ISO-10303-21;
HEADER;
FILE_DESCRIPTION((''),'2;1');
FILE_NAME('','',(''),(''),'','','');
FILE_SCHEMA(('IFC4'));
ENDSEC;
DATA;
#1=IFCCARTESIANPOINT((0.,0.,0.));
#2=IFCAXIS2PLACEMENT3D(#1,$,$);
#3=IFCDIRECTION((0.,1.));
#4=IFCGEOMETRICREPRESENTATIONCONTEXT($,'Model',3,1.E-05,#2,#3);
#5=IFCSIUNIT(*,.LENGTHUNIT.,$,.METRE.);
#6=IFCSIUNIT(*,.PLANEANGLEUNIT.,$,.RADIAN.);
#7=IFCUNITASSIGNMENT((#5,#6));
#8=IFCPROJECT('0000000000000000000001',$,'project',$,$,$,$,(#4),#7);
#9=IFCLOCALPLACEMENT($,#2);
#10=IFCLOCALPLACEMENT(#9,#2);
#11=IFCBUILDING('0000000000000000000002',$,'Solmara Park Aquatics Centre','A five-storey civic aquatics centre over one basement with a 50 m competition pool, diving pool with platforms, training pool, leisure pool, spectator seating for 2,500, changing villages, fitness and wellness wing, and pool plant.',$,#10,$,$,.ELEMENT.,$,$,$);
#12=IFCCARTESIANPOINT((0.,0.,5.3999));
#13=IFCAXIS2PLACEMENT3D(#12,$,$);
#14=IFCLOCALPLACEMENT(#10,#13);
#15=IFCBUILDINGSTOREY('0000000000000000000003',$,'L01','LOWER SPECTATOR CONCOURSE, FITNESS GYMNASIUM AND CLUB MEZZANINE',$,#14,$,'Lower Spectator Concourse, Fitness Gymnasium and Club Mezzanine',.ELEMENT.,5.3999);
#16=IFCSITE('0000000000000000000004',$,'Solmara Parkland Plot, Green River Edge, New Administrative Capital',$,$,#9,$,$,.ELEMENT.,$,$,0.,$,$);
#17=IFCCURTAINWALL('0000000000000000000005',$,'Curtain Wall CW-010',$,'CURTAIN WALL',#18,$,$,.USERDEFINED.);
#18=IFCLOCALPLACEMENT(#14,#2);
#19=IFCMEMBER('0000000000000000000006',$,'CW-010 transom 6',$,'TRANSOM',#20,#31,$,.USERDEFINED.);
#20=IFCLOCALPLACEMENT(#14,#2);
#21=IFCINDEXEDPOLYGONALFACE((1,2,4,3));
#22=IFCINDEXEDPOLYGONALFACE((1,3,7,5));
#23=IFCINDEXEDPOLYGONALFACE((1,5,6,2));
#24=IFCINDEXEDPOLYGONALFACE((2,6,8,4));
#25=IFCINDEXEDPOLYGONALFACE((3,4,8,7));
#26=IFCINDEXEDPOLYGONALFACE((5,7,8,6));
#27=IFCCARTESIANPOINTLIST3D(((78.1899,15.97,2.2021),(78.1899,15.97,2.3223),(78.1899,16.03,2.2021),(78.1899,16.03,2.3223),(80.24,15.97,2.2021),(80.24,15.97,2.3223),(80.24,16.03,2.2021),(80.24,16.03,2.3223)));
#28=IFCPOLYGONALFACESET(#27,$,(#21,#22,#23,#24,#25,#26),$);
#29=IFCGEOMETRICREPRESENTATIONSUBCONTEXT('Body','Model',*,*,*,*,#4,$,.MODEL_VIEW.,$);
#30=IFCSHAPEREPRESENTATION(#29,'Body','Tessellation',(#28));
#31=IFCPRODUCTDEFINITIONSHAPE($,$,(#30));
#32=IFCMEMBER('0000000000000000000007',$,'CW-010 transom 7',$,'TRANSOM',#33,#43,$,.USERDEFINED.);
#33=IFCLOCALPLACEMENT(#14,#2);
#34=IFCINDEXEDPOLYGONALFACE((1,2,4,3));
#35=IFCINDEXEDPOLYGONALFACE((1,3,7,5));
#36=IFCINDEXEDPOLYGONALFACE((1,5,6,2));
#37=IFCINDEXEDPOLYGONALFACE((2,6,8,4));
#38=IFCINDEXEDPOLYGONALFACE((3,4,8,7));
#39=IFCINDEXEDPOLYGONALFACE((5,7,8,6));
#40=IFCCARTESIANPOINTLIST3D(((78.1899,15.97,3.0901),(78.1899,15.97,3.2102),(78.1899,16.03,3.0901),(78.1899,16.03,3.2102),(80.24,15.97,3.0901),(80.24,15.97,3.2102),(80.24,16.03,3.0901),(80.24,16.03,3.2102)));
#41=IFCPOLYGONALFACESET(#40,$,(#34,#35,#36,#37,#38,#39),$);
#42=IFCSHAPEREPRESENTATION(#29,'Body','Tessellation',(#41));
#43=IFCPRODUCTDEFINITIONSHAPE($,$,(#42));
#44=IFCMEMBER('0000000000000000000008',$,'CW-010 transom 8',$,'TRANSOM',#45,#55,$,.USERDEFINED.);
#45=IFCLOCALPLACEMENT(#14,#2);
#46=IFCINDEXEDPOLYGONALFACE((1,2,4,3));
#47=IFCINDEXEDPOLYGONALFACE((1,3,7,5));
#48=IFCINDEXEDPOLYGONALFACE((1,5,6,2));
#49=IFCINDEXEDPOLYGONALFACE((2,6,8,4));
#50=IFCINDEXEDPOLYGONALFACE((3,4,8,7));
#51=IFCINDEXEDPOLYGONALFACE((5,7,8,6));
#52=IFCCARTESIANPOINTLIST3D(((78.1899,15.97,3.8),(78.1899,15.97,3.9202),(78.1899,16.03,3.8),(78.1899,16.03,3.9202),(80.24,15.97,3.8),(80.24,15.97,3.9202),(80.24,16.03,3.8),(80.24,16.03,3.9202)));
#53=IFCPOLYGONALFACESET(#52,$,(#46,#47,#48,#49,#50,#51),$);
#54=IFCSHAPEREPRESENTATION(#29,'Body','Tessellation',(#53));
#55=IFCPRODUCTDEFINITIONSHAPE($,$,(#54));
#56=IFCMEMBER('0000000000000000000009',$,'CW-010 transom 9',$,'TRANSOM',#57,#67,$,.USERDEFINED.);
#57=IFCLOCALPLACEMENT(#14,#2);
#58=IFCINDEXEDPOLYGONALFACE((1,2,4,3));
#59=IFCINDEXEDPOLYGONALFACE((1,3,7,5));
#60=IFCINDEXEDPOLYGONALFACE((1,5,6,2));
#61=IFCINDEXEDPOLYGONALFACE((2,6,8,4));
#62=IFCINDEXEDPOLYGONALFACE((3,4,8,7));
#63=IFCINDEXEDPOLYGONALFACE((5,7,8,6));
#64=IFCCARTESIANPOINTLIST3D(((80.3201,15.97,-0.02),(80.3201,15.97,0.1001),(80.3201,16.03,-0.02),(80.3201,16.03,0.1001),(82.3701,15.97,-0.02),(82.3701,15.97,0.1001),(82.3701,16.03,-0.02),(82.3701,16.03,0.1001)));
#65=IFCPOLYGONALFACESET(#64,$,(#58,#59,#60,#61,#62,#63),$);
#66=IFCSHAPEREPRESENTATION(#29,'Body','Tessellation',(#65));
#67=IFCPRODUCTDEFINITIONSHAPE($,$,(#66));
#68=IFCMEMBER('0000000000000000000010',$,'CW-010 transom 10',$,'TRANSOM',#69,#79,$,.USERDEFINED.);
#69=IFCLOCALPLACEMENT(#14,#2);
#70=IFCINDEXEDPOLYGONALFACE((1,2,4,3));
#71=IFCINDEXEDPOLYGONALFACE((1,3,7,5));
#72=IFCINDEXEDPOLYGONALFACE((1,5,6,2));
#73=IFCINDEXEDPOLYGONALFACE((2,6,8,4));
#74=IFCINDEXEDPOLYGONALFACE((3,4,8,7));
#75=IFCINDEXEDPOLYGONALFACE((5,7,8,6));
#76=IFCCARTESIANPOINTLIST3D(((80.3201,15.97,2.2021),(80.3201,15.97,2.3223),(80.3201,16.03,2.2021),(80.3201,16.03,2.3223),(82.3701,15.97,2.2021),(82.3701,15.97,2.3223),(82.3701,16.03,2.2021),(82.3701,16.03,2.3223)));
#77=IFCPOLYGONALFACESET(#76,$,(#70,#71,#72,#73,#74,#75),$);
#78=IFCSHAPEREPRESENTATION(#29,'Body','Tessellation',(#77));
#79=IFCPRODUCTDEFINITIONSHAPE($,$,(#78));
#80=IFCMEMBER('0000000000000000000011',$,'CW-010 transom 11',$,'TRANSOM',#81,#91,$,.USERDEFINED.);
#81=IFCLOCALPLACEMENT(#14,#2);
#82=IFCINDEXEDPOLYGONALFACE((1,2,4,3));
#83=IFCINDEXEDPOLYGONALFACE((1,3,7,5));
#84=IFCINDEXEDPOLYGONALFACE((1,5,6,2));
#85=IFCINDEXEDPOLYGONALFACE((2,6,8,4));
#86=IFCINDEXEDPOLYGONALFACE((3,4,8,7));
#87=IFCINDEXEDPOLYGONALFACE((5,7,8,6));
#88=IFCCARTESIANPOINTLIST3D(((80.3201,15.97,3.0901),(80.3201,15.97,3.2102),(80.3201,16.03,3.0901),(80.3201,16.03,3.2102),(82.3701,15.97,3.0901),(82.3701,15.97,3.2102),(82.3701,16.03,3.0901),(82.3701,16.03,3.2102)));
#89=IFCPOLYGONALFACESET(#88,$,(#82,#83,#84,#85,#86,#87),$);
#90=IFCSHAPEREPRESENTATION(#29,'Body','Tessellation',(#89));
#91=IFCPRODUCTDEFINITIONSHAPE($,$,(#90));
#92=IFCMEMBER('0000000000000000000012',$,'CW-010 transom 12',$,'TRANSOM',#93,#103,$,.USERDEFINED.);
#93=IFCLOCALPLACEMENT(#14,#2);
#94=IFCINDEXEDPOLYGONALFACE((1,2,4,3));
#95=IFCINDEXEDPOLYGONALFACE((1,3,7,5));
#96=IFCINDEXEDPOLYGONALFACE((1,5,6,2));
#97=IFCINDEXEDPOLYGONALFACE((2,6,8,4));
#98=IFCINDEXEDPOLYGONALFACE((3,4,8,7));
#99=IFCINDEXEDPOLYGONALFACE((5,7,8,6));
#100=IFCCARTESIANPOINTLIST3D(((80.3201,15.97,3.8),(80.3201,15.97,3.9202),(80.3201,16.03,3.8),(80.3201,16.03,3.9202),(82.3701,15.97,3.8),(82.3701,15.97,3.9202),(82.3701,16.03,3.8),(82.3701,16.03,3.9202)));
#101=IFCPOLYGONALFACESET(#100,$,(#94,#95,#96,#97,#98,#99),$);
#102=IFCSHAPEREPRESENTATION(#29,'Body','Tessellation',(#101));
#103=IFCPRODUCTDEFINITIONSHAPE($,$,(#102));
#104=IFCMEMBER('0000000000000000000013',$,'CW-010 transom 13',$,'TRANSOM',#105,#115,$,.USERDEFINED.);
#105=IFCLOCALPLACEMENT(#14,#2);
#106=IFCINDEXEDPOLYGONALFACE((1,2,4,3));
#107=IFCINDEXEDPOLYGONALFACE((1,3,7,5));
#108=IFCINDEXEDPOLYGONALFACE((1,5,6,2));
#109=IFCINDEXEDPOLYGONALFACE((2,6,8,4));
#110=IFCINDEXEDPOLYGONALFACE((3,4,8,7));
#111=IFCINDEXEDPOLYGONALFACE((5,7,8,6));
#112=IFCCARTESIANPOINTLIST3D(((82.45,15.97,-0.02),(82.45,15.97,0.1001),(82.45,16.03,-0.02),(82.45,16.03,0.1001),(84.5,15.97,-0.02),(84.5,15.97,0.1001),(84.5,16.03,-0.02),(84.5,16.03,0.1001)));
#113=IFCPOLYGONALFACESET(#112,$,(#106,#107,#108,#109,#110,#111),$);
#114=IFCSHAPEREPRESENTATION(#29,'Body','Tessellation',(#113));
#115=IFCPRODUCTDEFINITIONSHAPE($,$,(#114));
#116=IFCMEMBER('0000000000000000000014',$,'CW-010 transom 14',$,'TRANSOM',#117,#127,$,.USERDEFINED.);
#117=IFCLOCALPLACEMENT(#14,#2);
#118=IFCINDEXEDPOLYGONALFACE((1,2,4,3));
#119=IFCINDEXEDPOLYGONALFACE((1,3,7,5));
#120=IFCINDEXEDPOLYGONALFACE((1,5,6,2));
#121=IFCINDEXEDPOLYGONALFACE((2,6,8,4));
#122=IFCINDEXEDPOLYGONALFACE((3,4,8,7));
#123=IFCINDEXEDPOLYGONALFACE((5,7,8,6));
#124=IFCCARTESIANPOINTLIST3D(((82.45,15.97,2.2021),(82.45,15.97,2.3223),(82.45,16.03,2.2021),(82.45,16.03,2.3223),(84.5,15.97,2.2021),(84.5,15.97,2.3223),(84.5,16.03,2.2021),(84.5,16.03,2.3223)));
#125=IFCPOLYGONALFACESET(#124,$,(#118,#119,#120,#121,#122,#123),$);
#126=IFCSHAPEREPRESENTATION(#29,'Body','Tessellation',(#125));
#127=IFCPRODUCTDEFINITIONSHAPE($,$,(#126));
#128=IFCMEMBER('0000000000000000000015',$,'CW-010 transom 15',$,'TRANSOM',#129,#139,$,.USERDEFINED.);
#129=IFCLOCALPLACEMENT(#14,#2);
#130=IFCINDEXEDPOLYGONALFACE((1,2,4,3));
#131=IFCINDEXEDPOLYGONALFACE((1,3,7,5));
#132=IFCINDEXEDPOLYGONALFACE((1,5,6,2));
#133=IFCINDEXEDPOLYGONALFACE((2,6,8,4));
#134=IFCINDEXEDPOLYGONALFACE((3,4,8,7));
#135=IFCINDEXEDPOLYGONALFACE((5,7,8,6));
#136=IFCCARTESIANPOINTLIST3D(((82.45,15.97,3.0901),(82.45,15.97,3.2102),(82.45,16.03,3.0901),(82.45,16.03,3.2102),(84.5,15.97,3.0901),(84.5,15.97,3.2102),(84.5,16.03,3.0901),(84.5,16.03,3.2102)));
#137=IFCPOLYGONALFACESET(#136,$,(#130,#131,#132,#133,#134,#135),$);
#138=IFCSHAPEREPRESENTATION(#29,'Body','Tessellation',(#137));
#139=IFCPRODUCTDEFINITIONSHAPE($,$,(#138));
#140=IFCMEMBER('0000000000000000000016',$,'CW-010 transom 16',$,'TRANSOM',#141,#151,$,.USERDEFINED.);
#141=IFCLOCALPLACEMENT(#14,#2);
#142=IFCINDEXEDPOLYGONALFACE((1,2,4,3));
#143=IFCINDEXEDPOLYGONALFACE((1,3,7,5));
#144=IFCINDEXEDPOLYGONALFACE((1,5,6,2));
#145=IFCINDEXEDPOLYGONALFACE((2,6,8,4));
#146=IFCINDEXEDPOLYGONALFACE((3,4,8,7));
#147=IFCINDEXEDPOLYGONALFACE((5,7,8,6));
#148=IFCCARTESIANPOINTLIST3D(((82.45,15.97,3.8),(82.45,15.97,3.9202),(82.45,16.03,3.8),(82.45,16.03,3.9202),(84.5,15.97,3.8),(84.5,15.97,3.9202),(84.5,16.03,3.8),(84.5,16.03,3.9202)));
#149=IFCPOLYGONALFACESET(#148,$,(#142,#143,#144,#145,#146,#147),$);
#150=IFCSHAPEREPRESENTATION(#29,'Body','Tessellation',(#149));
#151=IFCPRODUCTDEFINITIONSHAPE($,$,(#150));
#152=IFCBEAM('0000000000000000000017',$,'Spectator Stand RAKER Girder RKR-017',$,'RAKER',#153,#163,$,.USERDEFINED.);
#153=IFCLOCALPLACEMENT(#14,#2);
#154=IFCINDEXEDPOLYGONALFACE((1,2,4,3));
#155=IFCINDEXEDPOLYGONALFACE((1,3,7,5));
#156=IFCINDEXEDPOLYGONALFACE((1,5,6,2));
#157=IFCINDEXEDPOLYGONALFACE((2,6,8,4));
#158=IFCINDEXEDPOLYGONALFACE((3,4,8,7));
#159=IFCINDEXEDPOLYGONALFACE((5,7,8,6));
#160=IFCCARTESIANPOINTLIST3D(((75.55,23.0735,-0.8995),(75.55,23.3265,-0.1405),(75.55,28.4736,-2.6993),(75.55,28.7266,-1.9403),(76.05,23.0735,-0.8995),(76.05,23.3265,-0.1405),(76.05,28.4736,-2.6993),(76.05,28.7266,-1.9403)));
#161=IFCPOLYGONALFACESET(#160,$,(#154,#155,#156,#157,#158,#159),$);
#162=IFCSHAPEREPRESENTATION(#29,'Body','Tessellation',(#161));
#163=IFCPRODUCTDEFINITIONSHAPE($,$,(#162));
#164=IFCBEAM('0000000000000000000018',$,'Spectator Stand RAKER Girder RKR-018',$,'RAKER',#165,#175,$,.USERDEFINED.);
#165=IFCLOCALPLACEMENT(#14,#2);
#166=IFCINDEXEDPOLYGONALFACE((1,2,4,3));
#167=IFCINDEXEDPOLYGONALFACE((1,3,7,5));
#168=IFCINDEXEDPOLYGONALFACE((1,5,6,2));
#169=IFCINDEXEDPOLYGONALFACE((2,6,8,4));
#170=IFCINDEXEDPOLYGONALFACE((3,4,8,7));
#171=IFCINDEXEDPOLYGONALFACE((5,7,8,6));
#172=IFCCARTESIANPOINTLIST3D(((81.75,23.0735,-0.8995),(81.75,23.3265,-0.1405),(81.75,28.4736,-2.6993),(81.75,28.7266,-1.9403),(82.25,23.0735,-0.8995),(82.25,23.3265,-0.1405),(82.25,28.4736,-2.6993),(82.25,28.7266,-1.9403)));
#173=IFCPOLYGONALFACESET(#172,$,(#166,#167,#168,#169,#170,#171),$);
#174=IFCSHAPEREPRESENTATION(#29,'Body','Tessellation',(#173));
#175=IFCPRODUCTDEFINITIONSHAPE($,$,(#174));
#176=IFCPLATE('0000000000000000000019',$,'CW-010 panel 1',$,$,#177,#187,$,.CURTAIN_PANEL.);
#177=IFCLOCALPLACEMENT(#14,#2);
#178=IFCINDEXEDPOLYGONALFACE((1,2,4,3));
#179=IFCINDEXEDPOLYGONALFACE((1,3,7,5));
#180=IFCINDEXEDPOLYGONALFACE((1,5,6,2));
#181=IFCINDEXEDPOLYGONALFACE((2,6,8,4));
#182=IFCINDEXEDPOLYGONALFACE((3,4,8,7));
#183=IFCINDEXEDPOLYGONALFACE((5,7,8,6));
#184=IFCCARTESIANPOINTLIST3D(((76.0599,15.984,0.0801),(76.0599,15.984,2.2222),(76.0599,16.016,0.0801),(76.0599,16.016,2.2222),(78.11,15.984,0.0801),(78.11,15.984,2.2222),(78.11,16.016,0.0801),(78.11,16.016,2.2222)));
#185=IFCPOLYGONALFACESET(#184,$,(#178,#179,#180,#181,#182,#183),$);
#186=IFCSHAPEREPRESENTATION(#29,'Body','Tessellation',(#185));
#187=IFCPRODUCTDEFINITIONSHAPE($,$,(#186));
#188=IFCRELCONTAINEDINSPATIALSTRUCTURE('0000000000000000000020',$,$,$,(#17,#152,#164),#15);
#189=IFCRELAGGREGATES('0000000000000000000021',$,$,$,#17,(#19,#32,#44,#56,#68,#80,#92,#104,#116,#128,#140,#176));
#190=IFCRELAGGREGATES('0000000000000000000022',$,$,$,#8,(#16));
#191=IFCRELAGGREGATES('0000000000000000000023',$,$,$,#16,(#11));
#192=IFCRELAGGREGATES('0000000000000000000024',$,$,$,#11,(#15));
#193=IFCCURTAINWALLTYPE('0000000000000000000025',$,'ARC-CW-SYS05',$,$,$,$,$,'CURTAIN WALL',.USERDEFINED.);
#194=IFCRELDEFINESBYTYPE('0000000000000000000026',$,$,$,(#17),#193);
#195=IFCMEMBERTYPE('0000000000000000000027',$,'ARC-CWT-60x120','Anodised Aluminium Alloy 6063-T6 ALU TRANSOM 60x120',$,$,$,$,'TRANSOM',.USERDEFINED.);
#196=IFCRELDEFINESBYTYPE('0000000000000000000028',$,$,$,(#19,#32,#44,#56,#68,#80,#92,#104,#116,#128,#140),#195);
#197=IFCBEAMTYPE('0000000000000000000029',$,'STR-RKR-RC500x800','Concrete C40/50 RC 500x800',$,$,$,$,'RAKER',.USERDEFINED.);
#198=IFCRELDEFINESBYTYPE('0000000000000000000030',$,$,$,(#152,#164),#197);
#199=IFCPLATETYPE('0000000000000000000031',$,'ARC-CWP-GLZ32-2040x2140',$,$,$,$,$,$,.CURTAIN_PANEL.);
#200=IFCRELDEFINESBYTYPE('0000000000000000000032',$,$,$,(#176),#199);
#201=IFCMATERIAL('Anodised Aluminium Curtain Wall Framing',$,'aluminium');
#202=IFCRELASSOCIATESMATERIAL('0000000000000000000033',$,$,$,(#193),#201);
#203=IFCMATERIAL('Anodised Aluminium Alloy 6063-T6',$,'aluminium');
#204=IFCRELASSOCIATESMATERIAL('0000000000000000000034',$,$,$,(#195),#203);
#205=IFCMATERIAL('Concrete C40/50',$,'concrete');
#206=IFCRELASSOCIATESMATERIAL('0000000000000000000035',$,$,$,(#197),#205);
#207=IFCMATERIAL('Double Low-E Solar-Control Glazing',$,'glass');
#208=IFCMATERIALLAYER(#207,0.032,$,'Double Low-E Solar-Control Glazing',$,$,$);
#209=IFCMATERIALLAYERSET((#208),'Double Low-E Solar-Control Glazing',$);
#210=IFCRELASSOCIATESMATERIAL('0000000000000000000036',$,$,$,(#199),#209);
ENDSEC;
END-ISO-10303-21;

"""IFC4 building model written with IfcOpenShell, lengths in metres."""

from ifc_helpers import new_model, si_unit, direction, frame, origin, origin_2d, place, context, subcontext, project, spatial, rectangle, extrude, material, layer, layer_set, material_profile, profile_set, type_object, element, aggregate, save


model = new_model("IFC4")

# Units and contexts
model_context = context("Model", 3, precision=1e-05, world=origin(), true_north=direction((0.0, 1.0)))
body_context = subcontext(model_context, "Body", "Model", "MODEL_VIEW")
ifc_project = project(units=[si_unit("LENGTHUNIT", "METRE"), si_unit("PLANEANGLEUNIT", "RADIAN")], contexts=[model_context])

# Site, building, storey
site_placement = place(None, origin())
site = spatial("IfcSite", under=ifc_project, at=site_placement, Name="Solmara Parkland Plot, Green River Edge, New Administrative Capital", CompositionType="ELEMENT", RefElevation=0.0)
building_placement = place(site_placement, origin())
building = spatial("IfcBuilding", under=site, at=building_placement, Name="Solmara Park Aquatics Centre", Description="A five-storey civic aquatics centre over one basement with a 50 m competition pool, diving pool with platforms, training pool, leisure pool, spectator seating for 2,500, changing villages, fitness and wellness wing, and pool plant.", CompositionType="ELEMENT")
storey_placement = place(building_placement, frame((0.0, 0.0, 5.3999)))
storey = spatial("IfcBuildingStorey", under=building, at=storey_placement, Name="L01", Description="LOWER SPECTATOR CONCOURSE, FITNESS GYMNASIUM AND CLUB MEZZANINE", LongName="Lower Spectator Concourse, Fitness Gymnasium and Club Mezzanine", CompositionType="ELEMENT", Elevation=5.3999)

# Shared definitions
ifc_material_1 = material(Name="Anodised Aluminium Curtain Wall Framing", Category="aluminium")
curtain_wall_type = type_object("IfcCurtainWallType", Name="ARC-CW-SYS05", ElementType="CURTAIN WALL", PredefinedType="USERDEFINED", material=ifc_material_1)
ifc_material_2 = material(Name="Anodised Aluminium Alloy 6063-T6", Category="aluminium")

# Curtain wall, members
curtain_wall_1_placement = place(storey_placement, origin())
curtain_wall_1 = element("IfcCurtainWall", 1, at=curtain_wall_1_placement, inside=storey, type_object=curtain_wall_type, Name="Curtain Wall CW-010", ObjectType="CURTAIN WALL", PredefinedType="USERDEFINED")
ifc_material_profile_1 = material_profile(ifc_material_2, rectangle(XDim=0.0601, YDim=0.1201, at=origin_2d()), Name="ALU TRANSOM 60x120")
ifc_profile_set_1 = profile_set([ifc_material_profile_1], Name="Anodised Aluminium Alloy 6063-T6")
member_type_1 = type_object("IfcMemberType", Name="ARC-CWT-60x120", Description="Anodised Aluminium Alloy 6063-T6 ALU TRANSOM 60x120", ElementType="TRANSOM", PredefinedType="USERDEFINED", material=ifc_profile_set_1)
member_1_placement = place(storey_placement, frame((78.1899, 16.0, 2.2622), z_axis=(1.0, 0.0, 0.0), x_axis=(0.0, 1.0, 0.0)))
member_1 = element("IfcMember", 2, at=member_1_placement, type_object=member_type_1, Name="CW-010 transom 6", ObjectType="TRANSOM", PredefinedType="USERDEFINED", context=body_context, shape_type="SweptSolid", body=[
    extrude(rectangle(XDim=0.0601, YDim=0.1201, at=origin_2d()), origin(), (0.0, 0.0, 1.0), 2.05),
])
member_2_placement = place(storey_placement, frame((78.1899, 16.0, 3.1501), z_axis=(1.0, 0.0, 0.0), x_axis=(0.0, 1.0, 0.0)))
member_2 = element("IfcMember", 3, at=member_2_placement, type_object=member_type_1, Name="CW-010 transom 7", ObjectType="TRANSOM", PredefinedType="USERDEFINED", context=body_context, shape_type="SweptSolid", body=[
    extrude(rectangle(XDim=0.0601, YDim=0.1201, at=origin_2d()), origin(), (0.0, 0.0, 1.0), 2.05),
])
member_3_placement = place(storey_placement, frame((78.1899, 16.0, 3.8601), z_axis=(1.0, 0.0, 0.0), x_axis=(0.0, 1.0, 0.0)))
member_3 = element("IfcMember", 4, at=member_3_placement, type_object=member_type_1, Name="CW-010 transom 8", ObjectType="TRANSOM", PredefinedType="USERDEFINED", context=body_context, shape_type="SweptSolid", body=[
    extrude(rectangle(XDim=0.0601, YDim=0.1201, at=origin_2d()), origin(), (0.0, 0.0, 1.0), 2.05),
])
member_4_placement = place(storey_placement, frame((80.3201, 16.0, 0.04), z_axis=(1.0, 0.0, 0.0), x_axis=(0.0, 1.0, 0.0)))
member_4 = element("IfcMember", 5, at=member_4_placement, type_object=member_type_1, Name="CW-010 transom 9", ObjectType="TRANSOM", PredefinedType="USERDEFINED", context=body_context, shape_type="SweptSolid", body=[
    extrude(rectangle(XDim=0.0601, YDim=0.1201, at=origin_2d()), origin(), (0.0, 0.0, 1.0), 2.05),
])
member_5_placement = place(storey_placement, frame((80.3201, 16.0, 2.2622), z_axis=(1.0, 0.0, 0.0), x_axis=(0.0, 1.0, 0.0)))
member_5 = element("IfcMember", 6, at=member_5_placement, type_object=member_type_1, Name="CW-010 transom 10", ObjectType="TRANSOM", PredefinedType="USERDEFINED", context=body_context, shape_type="SweptSolid", body=[
    extrude(rectangle(XDim=0.0601, YDim=0.1201, at=origin_2d()), origin(), (0.0, 0.0, 1.0), 2.05),
])
member_6_placement = place(storey_placement, frame((80.3201, 16.0, 3.1501), z_axis=(1.0, 0.0, 0.0), x_axis=(0.0, 1.0, 0.0)))
member_6 = element("IfcMember", 7, at=member_6_placement, type_object=member_type_1, Name="CW-010 transom 11", ObjectType="TRANSOM", PredefinedType="USERDEFINED", context=body_context, shape_type="SweptSolid", body=[
    extrude(rectangle(XDim=0.0601, YDim=0.1201, at=origin_2d()), origin(), (0.0, 0.0, 1.0), 2.05),
])
member_7_placement = place(storey_placement, frame((80.3201, 16.0, 3.8601), z_axis=(1.0, 0.0, 0.0), x_axis=(0.0, 1.0, 0.0)))
member_7 = element("IfcMember", 8, at=member_7_placement, type_object=member_type_1, Name="CW-010 transom 12", ObjectType="TRANSOM", PredefinedType="USERDEFINED", context=body_context, shape_type="SweptSolid", body=[
    extrude(rectangle(XDim=0.0601, YDim=0.1201, at=origin_2d()), origin(), (0.0, 0.0, 1.0), 2.05),
])
member_8_placement = place(storey_placement, frame((82.45, 16.0, 0.04), z_axis=(1.0, 0.0, 0.0), x_axis=(0.0, 1.0, 0.0)))
member_8 = element("IfcMember", 9, at=member_8_placement, type_object=member_type_1, Name="CW-010 transom 13", ObjectType="TRANSOM", PredefinedType="USERDEFINED", context=body_context, shape_type="SweptSolid", body=[
    extrude(rectangle(XDim=0.0601, YDim=0.1201, at=origin_2d()), origin(), (0.0, 0.0, 1.0), 2.05),
])
member_9_placement = place(storey_placement, frame((82.45, 16.0, 2.2622), z_axis=(1.0, 0.0, 0.0), x_axis=(0.0, 1.0, 0.0)))
member_9 = element("IfcMember", 10, at=member_9_placement, type_object=member_type_1, Name="CW-010 transom 14", ObjectType="TRANSOM", PredefinedType="USERDEFINED", context=body_context, shape_type="SweptSolid", body=[
    extrude(rectangle(XDim=0.0601, YDim=0.1201, at=origin_2d()), origin(), (0.0, 0.0, 1.0), 2.05),
])
member_10_placement = place(storey_placement, frame((82.45, 16.0, 3.1501), z_axis=(1.0, 0.0, 0.0), x_axis=(0.0, 1.0, 0.0)))
member_10 = element("IfcMember", 11, at=member_10_placement, type_object=member_type_1, Name="CW-010 transom 15", ObjectType="TRANSOM", PredefinedType="USERDEFINED", context=body_context, shape_type="SweptSolid", body=[
    extrude(rectangle(XDim=0.0601, YDim=0.1201, at=origin_2d()), origin(), (0.0, 0.0, 1.0), 2.05),
])
member_11_placement = place(storey_placement, frame((82.45, 16.0, 3.8601), z_axis=(1.0, 0.0, 0.0), x_axis=(0.0, 1.0, 0.0)))
member_11 = element("IfcMember", 12, at=member_11_placement, type_object=member_type_1, Name="CW-010 transom 16", ObjectType="TRANSOM", PredefinedType="USERDEFINED", context=body_context, shape_type="SweptSolid", body=[
    extrude(rectangle(XDim=0.0601, YDim=0.1201, at=origin_2d()), origin(), (0.0, 0.0, 1.0), 2.05),
])

# Beams
ifc_material_3 = material(Name="Concrete C40/50", Category="concrete")
ifc_material_profile_2 = material_profile(ifc_material_3, rectangle(XDim=0.5, YDim=0.8, at=origin_2d()), Name="RC 500x800")
ifc_profile_set_2 = profile_set([ifc_material_profile_2], Name="Concrete C40/50")
beam_type = type_object("IfcBeamType", Name="STR-RKR-RC500x800", Description="Concrete C40/50 RC 500x800", ElementType="RAKER", PredefinedType="USERDEFINED", material=ifc_profile_set_2)
for number, where, z_axis, x_axis, name in (
    (13, (75.8, 28.6001, -2.3198), (0.0, -0.948696, 0.316189), (1.0, 0.0, 0.0), "Spectator Stand RAKER Girder RKR-017"),
    (14, (82.0, 28.6001, -2.3198), (0.0, -0.948696, 0.316189), (1.0, 0.0, 0.0), "Spectator Stand RAKER Girder RKR-018"),
):
    element("IfcBeam", number, at=place(storey_placement, frame(where, z_axis=z_axis, x_axis=x_axis)), inside=storey, type_object=beam_type, Name=name, ObjectType="RAKER", PredefinedType="USERDEFINED", context=body_context, shape_type="SweptSolid", body=[
        extrude(rectangle(XDim=0.5, YDim=0.8, at=origin_2d()), origin(), (0.0, 0.0, 1.0), 5.6921),
    ])

# Plate
ifc_material_4 = material(Name="Double Low-E Solar-Control Glazing", Category="glass")
ifc_layer_1 = layer(ifc_material_4, 0.032, Name="Double Low-E Solar-Control Glazing")
ifc_layer_set_1 = layer_set([ifc_layer_1], Name="Double Low-E Solar-Control Glazing")
plate_type_1 = type_object("IfcPlateType", Name="ARC-CWP-GLZ32-2040x2140", PredefinedType="CURTAIN_PANEL", material=ifc_layer_set_1)
plate_1_placement = place(storey_placement, frame((77.085, 16.0, 0.0801), z_axis=(0.0, 0.0, 1.0), x_axis=(1.0, 0.0, 0.0)))
plate_1 = element("IfcPlate", 15, at=plate_1_placement, type_object=plate_type_1, Name="CW-010 panel 1", PredefinedType="CURTAIN_PANEL", context=body_context, shape_type="SweptSolid", body=[
    extrude(rectangle(XDim=2.05, YDim=0.032, at=origin_2d()), origin(), (0.0, 0.0, 1.0), 2.1421),
])
aggregate(curtain_wall_1, [member_1, member_2, member_3, member_4, member_5, member_6, member_7, member_8, member_9, member_10, member_11, plate_1])

save(model, "model.ifc")
